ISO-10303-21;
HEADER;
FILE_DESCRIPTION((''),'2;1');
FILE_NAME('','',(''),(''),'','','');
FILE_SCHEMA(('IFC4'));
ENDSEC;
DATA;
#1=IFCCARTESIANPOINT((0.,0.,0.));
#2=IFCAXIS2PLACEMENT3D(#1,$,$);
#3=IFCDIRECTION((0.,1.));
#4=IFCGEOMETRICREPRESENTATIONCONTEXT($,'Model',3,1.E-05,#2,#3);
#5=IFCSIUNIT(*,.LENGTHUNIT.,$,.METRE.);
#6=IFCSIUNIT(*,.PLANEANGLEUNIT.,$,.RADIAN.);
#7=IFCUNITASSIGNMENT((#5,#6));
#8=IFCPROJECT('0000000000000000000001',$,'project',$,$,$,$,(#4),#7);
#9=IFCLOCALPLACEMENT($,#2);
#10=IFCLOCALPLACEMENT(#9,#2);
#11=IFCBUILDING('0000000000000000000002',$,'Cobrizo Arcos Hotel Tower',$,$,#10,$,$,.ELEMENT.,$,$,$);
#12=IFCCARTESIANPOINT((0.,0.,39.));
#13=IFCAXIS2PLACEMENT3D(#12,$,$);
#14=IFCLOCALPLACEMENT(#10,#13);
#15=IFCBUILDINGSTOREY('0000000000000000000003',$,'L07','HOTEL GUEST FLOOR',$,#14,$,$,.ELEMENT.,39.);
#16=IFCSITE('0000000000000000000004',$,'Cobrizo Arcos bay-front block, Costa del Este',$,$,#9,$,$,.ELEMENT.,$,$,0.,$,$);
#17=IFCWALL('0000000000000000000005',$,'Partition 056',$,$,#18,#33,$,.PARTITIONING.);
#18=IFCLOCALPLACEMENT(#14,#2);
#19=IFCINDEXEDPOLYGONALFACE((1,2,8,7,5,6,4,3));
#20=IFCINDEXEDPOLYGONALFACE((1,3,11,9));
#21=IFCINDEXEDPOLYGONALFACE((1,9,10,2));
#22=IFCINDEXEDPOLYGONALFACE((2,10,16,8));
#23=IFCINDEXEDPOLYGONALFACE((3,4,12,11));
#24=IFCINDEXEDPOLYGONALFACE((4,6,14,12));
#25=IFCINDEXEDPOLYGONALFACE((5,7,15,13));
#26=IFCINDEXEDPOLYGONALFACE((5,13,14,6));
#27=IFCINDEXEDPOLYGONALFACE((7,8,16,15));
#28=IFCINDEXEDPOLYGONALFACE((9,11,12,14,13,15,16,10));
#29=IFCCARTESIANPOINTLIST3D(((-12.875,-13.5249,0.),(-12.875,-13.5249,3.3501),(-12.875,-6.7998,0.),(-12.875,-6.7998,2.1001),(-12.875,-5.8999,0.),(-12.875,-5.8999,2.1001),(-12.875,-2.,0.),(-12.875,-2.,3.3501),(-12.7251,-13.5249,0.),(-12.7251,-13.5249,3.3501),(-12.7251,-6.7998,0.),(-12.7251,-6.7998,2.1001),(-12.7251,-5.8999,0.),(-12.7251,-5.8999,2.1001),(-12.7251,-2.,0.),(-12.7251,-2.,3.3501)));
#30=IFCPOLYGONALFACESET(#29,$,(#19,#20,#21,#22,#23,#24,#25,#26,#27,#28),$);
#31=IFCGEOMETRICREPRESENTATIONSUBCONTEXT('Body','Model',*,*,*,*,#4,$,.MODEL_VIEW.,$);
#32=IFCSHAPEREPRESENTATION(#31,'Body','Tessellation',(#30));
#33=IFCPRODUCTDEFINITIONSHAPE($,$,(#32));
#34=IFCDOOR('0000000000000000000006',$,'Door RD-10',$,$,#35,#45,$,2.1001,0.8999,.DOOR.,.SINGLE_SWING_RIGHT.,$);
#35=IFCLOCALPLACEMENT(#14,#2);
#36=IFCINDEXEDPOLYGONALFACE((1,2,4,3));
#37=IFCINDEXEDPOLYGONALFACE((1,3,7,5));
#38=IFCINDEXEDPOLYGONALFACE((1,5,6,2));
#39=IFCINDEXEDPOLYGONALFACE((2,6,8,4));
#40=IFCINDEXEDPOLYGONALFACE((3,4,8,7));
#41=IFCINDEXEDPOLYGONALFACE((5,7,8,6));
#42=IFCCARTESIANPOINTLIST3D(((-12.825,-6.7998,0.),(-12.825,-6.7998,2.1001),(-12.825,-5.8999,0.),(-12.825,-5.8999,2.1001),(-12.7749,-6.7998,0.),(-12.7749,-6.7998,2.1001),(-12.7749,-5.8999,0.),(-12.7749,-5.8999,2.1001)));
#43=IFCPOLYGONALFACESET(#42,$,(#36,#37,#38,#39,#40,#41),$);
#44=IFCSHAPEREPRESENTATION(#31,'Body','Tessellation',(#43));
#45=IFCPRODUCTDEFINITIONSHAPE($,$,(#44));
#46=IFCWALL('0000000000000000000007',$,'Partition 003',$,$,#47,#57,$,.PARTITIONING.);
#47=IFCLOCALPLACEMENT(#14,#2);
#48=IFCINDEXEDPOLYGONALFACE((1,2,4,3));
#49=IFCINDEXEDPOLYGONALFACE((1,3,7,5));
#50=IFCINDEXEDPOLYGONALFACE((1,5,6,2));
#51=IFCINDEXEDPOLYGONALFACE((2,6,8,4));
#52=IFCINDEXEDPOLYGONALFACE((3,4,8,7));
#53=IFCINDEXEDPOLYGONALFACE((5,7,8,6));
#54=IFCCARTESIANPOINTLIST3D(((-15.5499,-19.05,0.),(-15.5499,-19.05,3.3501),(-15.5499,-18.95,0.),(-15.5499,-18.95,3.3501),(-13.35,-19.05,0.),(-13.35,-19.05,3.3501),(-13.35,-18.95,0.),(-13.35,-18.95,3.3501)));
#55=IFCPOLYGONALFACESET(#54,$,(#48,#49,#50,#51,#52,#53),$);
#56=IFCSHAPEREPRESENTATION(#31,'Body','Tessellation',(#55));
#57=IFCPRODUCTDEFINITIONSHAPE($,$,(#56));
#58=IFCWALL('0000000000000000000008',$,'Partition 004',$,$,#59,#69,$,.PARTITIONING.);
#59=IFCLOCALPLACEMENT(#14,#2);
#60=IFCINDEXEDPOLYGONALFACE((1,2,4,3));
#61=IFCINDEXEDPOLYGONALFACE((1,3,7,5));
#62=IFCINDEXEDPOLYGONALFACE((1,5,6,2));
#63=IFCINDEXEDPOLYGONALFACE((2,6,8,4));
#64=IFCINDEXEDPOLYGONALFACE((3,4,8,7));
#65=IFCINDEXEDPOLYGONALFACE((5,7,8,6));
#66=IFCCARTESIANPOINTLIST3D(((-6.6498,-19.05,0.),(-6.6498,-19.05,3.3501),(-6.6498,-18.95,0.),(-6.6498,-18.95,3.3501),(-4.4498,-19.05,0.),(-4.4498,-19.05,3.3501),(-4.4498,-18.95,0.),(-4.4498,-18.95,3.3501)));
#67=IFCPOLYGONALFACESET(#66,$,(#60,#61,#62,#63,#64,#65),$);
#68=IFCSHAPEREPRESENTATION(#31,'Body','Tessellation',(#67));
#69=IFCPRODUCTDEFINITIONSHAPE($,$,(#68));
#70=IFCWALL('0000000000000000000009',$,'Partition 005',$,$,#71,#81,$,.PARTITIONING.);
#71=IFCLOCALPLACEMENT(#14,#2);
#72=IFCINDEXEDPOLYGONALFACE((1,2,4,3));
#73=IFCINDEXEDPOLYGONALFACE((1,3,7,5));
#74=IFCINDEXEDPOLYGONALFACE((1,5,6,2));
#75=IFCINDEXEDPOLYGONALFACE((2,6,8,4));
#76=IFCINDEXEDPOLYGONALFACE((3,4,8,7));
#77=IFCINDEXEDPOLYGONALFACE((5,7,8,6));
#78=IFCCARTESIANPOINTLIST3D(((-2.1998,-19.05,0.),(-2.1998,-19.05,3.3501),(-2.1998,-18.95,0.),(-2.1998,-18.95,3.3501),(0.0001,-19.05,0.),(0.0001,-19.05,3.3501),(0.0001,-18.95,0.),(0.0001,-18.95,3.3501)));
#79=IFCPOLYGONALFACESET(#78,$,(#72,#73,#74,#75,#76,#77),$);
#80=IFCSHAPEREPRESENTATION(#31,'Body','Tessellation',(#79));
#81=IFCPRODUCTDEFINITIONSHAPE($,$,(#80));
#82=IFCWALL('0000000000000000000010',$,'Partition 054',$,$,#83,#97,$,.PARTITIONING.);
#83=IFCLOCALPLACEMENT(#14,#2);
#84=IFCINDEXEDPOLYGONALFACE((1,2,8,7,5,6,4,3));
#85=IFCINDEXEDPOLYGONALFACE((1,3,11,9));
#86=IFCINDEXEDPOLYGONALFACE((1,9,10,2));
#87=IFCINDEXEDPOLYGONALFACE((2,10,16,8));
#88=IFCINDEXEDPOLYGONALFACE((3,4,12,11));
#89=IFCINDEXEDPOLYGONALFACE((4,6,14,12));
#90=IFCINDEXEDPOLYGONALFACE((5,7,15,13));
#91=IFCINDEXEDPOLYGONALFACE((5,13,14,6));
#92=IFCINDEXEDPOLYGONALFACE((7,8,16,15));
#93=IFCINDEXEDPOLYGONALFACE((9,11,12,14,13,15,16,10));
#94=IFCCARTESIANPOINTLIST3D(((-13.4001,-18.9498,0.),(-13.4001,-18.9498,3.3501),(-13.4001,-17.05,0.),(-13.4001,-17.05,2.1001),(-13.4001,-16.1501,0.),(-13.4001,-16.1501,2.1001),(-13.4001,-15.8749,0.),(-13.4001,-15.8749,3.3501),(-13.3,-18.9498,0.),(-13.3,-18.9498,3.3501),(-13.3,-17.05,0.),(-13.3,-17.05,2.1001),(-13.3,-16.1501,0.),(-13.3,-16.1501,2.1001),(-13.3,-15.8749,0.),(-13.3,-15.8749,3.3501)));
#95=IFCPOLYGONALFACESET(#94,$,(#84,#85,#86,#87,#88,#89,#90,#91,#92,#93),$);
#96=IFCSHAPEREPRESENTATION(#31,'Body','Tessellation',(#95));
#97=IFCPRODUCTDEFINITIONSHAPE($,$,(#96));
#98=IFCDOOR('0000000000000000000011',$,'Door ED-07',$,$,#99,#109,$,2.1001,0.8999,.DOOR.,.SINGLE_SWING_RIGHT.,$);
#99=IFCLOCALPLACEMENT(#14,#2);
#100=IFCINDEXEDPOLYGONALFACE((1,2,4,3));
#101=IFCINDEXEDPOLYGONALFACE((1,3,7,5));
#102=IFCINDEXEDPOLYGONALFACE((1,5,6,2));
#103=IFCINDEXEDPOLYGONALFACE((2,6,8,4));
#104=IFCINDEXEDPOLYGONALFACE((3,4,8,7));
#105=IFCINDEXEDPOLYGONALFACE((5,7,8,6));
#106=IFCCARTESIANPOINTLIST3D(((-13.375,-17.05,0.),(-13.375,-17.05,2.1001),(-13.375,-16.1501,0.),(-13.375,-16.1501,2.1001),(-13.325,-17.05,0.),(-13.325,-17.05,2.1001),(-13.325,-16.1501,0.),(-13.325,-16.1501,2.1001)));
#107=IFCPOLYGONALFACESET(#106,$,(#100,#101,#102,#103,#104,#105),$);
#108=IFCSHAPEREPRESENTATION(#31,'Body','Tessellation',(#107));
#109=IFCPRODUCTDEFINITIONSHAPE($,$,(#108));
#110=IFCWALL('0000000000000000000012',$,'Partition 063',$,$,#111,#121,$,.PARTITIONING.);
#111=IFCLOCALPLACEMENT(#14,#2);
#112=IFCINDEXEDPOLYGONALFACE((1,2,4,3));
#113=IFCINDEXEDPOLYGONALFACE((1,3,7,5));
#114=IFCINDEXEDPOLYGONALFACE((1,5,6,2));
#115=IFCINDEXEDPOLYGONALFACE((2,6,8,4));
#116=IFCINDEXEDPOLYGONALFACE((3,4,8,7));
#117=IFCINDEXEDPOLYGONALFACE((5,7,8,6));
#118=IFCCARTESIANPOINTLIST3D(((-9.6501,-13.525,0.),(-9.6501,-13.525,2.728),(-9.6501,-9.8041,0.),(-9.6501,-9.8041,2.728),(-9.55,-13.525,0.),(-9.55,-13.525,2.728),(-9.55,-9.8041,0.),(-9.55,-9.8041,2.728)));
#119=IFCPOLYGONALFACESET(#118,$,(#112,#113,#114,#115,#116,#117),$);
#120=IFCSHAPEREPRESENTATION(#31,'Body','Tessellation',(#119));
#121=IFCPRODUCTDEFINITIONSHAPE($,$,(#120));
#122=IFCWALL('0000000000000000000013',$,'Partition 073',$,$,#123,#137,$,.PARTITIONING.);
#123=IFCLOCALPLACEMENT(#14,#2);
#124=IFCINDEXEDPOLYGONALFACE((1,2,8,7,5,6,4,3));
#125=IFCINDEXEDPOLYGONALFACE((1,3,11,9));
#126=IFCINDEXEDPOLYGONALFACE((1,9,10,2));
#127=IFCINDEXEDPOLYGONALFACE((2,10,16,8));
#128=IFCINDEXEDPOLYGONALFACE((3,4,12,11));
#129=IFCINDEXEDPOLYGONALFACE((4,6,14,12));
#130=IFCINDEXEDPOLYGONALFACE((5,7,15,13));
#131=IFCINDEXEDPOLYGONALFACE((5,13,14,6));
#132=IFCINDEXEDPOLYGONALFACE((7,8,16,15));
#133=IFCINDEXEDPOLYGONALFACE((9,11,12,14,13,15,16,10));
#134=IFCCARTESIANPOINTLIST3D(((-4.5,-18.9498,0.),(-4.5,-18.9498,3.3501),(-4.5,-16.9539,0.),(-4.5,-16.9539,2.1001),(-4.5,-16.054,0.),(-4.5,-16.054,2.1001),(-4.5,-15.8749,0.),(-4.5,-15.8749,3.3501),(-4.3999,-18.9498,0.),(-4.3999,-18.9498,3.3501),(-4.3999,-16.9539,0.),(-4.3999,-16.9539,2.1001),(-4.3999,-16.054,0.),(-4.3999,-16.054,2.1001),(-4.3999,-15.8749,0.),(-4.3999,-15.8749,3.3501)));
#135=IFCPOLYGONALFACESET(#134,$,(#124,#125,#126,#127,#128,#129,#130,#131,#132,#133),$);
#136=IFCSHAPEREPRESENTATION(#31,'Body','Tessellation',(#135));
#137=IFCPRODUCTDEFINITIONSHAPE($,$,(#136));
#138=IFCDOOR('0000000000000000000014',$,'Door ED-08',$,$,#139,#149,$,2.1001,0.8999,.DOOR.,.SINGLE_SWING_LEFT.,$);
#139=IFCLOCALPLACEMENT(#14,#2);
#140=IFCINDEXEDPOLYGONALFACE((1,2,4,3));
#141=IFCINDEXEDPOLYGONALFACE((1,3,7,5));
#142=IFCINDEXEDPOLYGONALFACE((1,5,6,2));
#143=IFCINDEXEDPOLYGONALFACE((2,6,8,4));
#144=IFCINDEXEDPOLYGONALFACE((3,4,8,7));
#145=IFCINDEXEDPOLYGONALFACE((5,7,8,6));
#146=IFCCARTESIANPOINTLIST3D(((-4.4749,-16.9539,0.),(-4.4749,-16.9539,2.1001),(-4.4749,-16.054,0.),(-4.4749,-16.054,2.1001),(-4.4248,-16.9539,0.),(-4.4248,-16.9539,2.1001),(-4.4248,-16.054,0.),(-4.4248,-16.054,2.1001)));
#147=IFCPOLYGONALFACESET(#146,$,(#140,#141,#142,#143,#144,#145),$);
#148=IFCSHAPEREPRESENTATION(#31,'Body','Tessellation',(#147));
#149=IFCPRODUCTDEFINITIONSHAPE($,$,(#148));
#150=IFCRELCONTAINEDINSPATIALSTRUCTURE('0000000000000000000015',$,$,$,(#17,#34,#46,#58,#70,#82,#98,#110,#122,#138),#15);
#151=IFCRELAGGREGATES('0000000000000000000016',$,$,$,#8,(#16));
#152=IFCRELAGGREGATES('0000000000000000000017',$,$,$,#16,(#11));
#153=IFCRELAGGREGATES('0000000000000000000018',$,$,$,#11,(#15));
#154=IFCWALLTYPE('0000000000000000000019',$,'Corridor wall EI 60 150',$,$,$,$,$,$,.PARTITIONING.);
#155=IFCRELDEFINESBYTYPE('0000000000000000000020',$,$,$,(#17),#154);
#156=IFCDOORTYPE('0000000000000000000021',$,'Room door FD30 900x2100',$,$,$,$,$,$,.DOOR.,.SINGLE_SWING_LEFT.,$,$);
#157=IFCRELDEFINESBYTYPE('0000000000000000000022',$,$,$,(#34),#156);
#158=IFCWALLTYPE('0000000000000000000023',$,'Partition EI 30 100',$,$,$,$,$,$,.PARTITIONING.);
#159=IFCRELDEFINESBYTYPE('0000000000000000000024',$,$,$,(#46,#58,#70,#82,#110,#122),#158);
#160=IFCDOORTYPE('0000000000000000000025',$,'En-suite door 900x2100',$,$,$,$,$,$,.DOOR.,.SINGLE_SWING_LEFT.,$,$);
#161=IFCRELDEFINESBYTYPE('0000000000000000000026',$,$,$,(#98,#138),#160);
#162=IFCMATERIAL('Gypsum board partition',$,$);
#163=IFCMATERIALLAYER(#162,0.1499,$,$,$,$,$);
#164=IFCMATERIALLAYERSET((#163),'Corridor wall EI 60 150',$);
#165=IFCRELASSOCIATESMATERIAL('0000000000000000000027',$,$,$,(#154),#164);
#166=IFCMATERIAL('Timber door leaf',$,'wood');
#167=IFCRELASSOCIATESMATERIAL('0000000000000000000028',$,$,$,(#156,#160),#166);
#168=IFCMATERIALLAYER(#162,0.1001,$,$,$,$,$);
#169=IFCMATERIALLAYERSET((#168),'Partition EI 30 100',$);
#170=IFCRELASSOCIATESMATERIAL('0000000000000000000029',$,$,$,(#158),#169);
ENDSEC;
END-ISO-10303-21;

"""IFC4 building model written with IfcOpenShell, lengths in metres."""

from ifc_helpers import new_model, si_unit, direction, frame, frame_2d, origin, place, context, subcontext, project, spatial, rectangle, extrude, material, layer, layer_set, type_object, element, fill, save


model = new_model("IFC4")

# Units and contexts
model_context = context("Model", 3, precision=1e-05, world=origin(), true_north=direction((0.0, 1.0)))
body_context = subcontext(model_context, "Body", "Model", "MODEL_VIEW")
ifc_project = project(units=[si_unit("LENGTHUNIT", "METRE"), si_unit("PLANEANGLEUNIT", "RADIAN")], contexts=[model_context])

# Site, building, storey
site_placement = place(None, origin())
site = spatial("IfcSite", under=ifc_project, at=site_placement, Name="Cobrizo Arcos bay-front block, Costa del Este", CompositionType="ELEMENT", RefElevation=0.0)
building_placement = place(site_placement, origin())
building = spatial("IfcBuilding", under=site, at=building_placement, Name="Cobrizo Arcos Hotel Tower", CompositionType="ELEMENT")
storey_placement = place(building_placement, frame((0.0, 0.0, 39.0)))
storey = spatial("IfcBuildingStorey", under=building, at=storey_placement, Name="L07", Description="HOTEL GUEST FLOOR", CompositionType="ELEMENT", Elevation=39.0)

# Shared definitions
ifc_material_1 = material(Name="Gypsum board partition")
ifc_layer_1 = layer(ifc_material_1, 0.1499)
ifc_layer_set_1 = layer_set([ifc_layer_1], Name="Corridor wall EI 60 150")
wall_type_1 = type_object("IfcWallType", Name="Corridor wall EI 60 150", PredefinedType="PARTITIONING", material=ifc_layer_set_1)
ifc_material_2 = material(Name="Timber door leaf", Category="wood")

# Wall, opening, door
door_type_1 = type_object("IfcDoorType", Name="Room door FD30 900x2100", OperationType="SINGLE_SWING_LEFT", PredefinedType="DOOR", material=ifc_material_2)
wall_1_placement = place(storey_placement, frame((-12.8, -13.5249, 0.0), z_axis=(0.0, 0.0, 1.0), x_axis=(0.0, 1.0, 0.0)))
wall_1 = element("IfcWall", 1, at=wall_1_placement, inside=storey, type_object=wall_type_1, Name="Partition 056", PredefinedType="PARTITIONING", context=body_context, shape_type="SweptSolid", body=[
    extrude(rectangle(XDim=11.5249, YDim=0.1499, at=frame_2d((5.7625, 0.0))), origin(), (0.0, 0.0, 1.0), 3.3501),
])
opening_1_placement = place(wall_1_placement, frame((6.7251, 0.0, 0.0)))
opening_1 = element("IfcOpeningElement", 2, at=opening_1_placement, cuts=wall_1, PredefinedType="OPENING", context=body_context, shape_type="SweptSolid", body=[
    extrude(rectangle(XDim=0.8999, YDim=2.1001, at=frame_2d((0.45, 1.05))), frame((0.0, 0.0869, 0.0), z_axis=(0.0, -1.0, 0.0), x_axis=(1.0, 0.0, 0.0)), (0.0, 0.0, 1.0), 0.1738),
])
door_1_placement = place(opening_1_placement, origin())
door_1 = element("IfcDoor", 3, at=door_1_placement, inside=storey, type_object=door_type_1, Name="Door RD-10", OperationType="SINGLE_SWING_RIGHT", OverallHeight=2.1001, OverallWidth=0.8999, PredefinedType="DOOR", context=body_context, shape_type="SweptSolid", body=[
    extrude(rectangle(XDim=0.8999, YDim=2.1001, at=frame_2d((0.45, 1.05))), frame((0.0, 0.0249, 0.0), z_axis=(0.0, -1.0, 0.0), x_axis=(1.0, 0.0, 0.0)), (0.0, 0.0, 1.0), 0.05),
])
fill(opening_1, door_1)

# Walls
ifc_layer_2 = layer(ifc_material_1, 0.1001)
ifc_layer_set_2 = layer_set([ifc_layer_2], Name="Partition EI 30 100")
wall_type_2 = type_object("IfcWallType", Name="Partition EI 30 100", PredefinedType="PARTITIONING", material=ifc_layer_set_2)
for number, where, z_axis, x_axis, name in (
    (4, (-15.55, -19.0, 0.0), (0.0, 0.0, 1.0), (1.0, 0.0, 0.0), "Partition 003"),
    (5, (-6.6499, -19.0, 0.0), (0.0, 0.0, 1.0), (1.0, 0.0, 0.0), "Partition 004"),
    (6, (-2.2, -19.0, 0.0), (0.0, 0.0, 1.0), (1.0, 0.0, 0.0), "Partition 005"),
):
    element("IfcWall", number, at=place(storey_placement, frame(where, z_axis=z_axis, x_axis=x_axis)), inside=storey, type_object=wall_type_2, Name=name, PredefinedType="PARTITIONING", context=body_context, shape_type="SweptSolid", body=[
        extrude(rectangle(XDim=2.2, YDim=0.1001, at=frame_2d((1.1001, 0.0))), origin(), (0.0, 0.0, 1.0), 3.3501),
    ])

# Wall, opening, door
wall_2_placement = place(storey_placement, frame((-13.3501, -18.95, 0.0), z_axis=(0.0, 0.0, 1.0), x_axis=(0.0, 1.0, 0.0)))
wall_2 = element("IfcWall", 7, at=wall_2_placement, inside=storey, type_object=wall_type_2, Name="Partition 054", PredefinedType="PARTITIONING", context=body_context, shape_type="SweptSolid", body=[
    extrude(rectangle(XDim=3.075, YDim=0.1001, at=frame_2d((1.5376, 0.0))), origin(), (0.0, 0.0, 1.0), 3.3501),
])
opening_2_placement = place(wall_2_placement, frame((1.8999, 0.0, 0.0)))
opening_2 = element("IfcOpeningElement", 8, at=opening_2_placement, cuts=wall_2, PredefinedType="OPENING", context=body_context, shape_type="SweptSolid", body=[
    extrude(rectangle(XDim=0.8999, YDim=2.1001, at=frame_2d((0.45, 1.05))), frame((0.0, 0.062, 0.0), z_axis=(0.0, -1.0, 0.0), x_axis=(1.0, 0.0, 0.0)), (0.0, 0.0, 1.0), 0.124),
])
door_type_2 = type_object("IfcDoorType", Name="En-suite door 900x2100", OperationType="SINGLE_SWING_LEFT", PredefinedType="DOOR", material=ifc_material_2)
door_2_placement = place(opening_2_placement, origin())
door_2 = element("IfcDoor", 9, at=door_2_placement, inside=storey, type_object=door_type_2, Name="Door ED-07", OperationType="SINGLE_SWING_RIGHT", OverallHeight=2.1001, OverallWidth=0.8999, PredefinedType="DOOR", context=body_context, shape_type="SweptSolid", body=[
    extrude(rectangle(XDim=0.8999, YDim=2.1001, at=frame_2d((0.45, 1.05))), frame((0.0, 0.0249, 0.0), z_axis=(0.0, -1.0, 0.0), x_axis=(1.0, 0.0, 0.0)), (0.0, 0.0, 1.0), 0.05),
])
fill(opening_2, door_2)

# Wall
wall_3_placement = place(storey_placement, frame((-9.6001, -13.5249, 0.0), z_axis=(0.0, 0.0, 1.0), x_axis=(0.0, 1.0, 0.0)))
element("IfcWall", 10, at=wall_3_placement, inside=storey, type_object=wall_type_2, Name="Partition 063", PredefinedType="PARTITIONING", context=body_context, shape_type="SweptSolid", body=[
    extrude(rectangle(XDim=3.7209, YDim=0.1001, at=frame_2d((1.8604, 0.0))), origin(), (0.0, 0.0, 1.0), 2.728),
])

# Wall, opening, door
wall_4_placement = place(storey_placement, frame((-4.45, -18.95, 0.0), z_axis=(0.0, 0.0, 1.0), x_axis=(0.0, 1.0, 0.0)))
wall_4 = element("IfcWall", 11, at=wall_4_placement, inside=storey, type_object=wall_type_2, Name="Partition 073", PredefinedType="PARTITIONING", context=body_context, shape_type="SweptSolid", body=[
    extrude(rectangle(XDim=3.075, YDim=0.1001, at=frame_2d((1.5376, 0.0))), origin(), (0.0, 0.0, 1.0), 3.3501),
])
opening_3_placement = place(wall_4_placement, frame((1.9961, 0.0, 0.0)))
opening_3 = element("IfcOpeningElement", 12, at=opening_3_placement, cuts=wall_4, PredefinedType="OPENING", context=body_context, shape_type="SweptSolid", body=[
    extrude(rectangle(XDim=0.8999, YDim=2.1001, at=frame_2d((0.45, 1.05))), frame((0.0, 0.062, 0.0), z_axis=(0.0, -1.0, 0.0), x_axis=(1.0, 0.0, 0.0)), (0.0, 0.0, 1.0), 0.124),
])
door_3_placement = place(opening_3_placement, origin())
door_3 = element("IfcDoor", 13, at=door_3_placement, inside=storey, type_object=door_type_2, Name="Door ED-08", OperationType="SINGLE_SWING_LEFT", OverallHeight=2.1001, OverallWidth=0.8999, PredefinedType="DOOR", context=body_context, shape_type="SweptSolid", body=[
    extrude(rectangle(XDim=0.8999, YDim=2.1001, at=frame_2d((0.45, 1.05))), frame((0.0, 0.0249, 0.0), z_axis=(0.0, -1.0, 0.0), x_axis=(1.0, 0.0, 0.0)), (0.0, 0.0, 1.0), 0.05),
])
fill(opening_3, door_3)

save(model, "model.ifc")
